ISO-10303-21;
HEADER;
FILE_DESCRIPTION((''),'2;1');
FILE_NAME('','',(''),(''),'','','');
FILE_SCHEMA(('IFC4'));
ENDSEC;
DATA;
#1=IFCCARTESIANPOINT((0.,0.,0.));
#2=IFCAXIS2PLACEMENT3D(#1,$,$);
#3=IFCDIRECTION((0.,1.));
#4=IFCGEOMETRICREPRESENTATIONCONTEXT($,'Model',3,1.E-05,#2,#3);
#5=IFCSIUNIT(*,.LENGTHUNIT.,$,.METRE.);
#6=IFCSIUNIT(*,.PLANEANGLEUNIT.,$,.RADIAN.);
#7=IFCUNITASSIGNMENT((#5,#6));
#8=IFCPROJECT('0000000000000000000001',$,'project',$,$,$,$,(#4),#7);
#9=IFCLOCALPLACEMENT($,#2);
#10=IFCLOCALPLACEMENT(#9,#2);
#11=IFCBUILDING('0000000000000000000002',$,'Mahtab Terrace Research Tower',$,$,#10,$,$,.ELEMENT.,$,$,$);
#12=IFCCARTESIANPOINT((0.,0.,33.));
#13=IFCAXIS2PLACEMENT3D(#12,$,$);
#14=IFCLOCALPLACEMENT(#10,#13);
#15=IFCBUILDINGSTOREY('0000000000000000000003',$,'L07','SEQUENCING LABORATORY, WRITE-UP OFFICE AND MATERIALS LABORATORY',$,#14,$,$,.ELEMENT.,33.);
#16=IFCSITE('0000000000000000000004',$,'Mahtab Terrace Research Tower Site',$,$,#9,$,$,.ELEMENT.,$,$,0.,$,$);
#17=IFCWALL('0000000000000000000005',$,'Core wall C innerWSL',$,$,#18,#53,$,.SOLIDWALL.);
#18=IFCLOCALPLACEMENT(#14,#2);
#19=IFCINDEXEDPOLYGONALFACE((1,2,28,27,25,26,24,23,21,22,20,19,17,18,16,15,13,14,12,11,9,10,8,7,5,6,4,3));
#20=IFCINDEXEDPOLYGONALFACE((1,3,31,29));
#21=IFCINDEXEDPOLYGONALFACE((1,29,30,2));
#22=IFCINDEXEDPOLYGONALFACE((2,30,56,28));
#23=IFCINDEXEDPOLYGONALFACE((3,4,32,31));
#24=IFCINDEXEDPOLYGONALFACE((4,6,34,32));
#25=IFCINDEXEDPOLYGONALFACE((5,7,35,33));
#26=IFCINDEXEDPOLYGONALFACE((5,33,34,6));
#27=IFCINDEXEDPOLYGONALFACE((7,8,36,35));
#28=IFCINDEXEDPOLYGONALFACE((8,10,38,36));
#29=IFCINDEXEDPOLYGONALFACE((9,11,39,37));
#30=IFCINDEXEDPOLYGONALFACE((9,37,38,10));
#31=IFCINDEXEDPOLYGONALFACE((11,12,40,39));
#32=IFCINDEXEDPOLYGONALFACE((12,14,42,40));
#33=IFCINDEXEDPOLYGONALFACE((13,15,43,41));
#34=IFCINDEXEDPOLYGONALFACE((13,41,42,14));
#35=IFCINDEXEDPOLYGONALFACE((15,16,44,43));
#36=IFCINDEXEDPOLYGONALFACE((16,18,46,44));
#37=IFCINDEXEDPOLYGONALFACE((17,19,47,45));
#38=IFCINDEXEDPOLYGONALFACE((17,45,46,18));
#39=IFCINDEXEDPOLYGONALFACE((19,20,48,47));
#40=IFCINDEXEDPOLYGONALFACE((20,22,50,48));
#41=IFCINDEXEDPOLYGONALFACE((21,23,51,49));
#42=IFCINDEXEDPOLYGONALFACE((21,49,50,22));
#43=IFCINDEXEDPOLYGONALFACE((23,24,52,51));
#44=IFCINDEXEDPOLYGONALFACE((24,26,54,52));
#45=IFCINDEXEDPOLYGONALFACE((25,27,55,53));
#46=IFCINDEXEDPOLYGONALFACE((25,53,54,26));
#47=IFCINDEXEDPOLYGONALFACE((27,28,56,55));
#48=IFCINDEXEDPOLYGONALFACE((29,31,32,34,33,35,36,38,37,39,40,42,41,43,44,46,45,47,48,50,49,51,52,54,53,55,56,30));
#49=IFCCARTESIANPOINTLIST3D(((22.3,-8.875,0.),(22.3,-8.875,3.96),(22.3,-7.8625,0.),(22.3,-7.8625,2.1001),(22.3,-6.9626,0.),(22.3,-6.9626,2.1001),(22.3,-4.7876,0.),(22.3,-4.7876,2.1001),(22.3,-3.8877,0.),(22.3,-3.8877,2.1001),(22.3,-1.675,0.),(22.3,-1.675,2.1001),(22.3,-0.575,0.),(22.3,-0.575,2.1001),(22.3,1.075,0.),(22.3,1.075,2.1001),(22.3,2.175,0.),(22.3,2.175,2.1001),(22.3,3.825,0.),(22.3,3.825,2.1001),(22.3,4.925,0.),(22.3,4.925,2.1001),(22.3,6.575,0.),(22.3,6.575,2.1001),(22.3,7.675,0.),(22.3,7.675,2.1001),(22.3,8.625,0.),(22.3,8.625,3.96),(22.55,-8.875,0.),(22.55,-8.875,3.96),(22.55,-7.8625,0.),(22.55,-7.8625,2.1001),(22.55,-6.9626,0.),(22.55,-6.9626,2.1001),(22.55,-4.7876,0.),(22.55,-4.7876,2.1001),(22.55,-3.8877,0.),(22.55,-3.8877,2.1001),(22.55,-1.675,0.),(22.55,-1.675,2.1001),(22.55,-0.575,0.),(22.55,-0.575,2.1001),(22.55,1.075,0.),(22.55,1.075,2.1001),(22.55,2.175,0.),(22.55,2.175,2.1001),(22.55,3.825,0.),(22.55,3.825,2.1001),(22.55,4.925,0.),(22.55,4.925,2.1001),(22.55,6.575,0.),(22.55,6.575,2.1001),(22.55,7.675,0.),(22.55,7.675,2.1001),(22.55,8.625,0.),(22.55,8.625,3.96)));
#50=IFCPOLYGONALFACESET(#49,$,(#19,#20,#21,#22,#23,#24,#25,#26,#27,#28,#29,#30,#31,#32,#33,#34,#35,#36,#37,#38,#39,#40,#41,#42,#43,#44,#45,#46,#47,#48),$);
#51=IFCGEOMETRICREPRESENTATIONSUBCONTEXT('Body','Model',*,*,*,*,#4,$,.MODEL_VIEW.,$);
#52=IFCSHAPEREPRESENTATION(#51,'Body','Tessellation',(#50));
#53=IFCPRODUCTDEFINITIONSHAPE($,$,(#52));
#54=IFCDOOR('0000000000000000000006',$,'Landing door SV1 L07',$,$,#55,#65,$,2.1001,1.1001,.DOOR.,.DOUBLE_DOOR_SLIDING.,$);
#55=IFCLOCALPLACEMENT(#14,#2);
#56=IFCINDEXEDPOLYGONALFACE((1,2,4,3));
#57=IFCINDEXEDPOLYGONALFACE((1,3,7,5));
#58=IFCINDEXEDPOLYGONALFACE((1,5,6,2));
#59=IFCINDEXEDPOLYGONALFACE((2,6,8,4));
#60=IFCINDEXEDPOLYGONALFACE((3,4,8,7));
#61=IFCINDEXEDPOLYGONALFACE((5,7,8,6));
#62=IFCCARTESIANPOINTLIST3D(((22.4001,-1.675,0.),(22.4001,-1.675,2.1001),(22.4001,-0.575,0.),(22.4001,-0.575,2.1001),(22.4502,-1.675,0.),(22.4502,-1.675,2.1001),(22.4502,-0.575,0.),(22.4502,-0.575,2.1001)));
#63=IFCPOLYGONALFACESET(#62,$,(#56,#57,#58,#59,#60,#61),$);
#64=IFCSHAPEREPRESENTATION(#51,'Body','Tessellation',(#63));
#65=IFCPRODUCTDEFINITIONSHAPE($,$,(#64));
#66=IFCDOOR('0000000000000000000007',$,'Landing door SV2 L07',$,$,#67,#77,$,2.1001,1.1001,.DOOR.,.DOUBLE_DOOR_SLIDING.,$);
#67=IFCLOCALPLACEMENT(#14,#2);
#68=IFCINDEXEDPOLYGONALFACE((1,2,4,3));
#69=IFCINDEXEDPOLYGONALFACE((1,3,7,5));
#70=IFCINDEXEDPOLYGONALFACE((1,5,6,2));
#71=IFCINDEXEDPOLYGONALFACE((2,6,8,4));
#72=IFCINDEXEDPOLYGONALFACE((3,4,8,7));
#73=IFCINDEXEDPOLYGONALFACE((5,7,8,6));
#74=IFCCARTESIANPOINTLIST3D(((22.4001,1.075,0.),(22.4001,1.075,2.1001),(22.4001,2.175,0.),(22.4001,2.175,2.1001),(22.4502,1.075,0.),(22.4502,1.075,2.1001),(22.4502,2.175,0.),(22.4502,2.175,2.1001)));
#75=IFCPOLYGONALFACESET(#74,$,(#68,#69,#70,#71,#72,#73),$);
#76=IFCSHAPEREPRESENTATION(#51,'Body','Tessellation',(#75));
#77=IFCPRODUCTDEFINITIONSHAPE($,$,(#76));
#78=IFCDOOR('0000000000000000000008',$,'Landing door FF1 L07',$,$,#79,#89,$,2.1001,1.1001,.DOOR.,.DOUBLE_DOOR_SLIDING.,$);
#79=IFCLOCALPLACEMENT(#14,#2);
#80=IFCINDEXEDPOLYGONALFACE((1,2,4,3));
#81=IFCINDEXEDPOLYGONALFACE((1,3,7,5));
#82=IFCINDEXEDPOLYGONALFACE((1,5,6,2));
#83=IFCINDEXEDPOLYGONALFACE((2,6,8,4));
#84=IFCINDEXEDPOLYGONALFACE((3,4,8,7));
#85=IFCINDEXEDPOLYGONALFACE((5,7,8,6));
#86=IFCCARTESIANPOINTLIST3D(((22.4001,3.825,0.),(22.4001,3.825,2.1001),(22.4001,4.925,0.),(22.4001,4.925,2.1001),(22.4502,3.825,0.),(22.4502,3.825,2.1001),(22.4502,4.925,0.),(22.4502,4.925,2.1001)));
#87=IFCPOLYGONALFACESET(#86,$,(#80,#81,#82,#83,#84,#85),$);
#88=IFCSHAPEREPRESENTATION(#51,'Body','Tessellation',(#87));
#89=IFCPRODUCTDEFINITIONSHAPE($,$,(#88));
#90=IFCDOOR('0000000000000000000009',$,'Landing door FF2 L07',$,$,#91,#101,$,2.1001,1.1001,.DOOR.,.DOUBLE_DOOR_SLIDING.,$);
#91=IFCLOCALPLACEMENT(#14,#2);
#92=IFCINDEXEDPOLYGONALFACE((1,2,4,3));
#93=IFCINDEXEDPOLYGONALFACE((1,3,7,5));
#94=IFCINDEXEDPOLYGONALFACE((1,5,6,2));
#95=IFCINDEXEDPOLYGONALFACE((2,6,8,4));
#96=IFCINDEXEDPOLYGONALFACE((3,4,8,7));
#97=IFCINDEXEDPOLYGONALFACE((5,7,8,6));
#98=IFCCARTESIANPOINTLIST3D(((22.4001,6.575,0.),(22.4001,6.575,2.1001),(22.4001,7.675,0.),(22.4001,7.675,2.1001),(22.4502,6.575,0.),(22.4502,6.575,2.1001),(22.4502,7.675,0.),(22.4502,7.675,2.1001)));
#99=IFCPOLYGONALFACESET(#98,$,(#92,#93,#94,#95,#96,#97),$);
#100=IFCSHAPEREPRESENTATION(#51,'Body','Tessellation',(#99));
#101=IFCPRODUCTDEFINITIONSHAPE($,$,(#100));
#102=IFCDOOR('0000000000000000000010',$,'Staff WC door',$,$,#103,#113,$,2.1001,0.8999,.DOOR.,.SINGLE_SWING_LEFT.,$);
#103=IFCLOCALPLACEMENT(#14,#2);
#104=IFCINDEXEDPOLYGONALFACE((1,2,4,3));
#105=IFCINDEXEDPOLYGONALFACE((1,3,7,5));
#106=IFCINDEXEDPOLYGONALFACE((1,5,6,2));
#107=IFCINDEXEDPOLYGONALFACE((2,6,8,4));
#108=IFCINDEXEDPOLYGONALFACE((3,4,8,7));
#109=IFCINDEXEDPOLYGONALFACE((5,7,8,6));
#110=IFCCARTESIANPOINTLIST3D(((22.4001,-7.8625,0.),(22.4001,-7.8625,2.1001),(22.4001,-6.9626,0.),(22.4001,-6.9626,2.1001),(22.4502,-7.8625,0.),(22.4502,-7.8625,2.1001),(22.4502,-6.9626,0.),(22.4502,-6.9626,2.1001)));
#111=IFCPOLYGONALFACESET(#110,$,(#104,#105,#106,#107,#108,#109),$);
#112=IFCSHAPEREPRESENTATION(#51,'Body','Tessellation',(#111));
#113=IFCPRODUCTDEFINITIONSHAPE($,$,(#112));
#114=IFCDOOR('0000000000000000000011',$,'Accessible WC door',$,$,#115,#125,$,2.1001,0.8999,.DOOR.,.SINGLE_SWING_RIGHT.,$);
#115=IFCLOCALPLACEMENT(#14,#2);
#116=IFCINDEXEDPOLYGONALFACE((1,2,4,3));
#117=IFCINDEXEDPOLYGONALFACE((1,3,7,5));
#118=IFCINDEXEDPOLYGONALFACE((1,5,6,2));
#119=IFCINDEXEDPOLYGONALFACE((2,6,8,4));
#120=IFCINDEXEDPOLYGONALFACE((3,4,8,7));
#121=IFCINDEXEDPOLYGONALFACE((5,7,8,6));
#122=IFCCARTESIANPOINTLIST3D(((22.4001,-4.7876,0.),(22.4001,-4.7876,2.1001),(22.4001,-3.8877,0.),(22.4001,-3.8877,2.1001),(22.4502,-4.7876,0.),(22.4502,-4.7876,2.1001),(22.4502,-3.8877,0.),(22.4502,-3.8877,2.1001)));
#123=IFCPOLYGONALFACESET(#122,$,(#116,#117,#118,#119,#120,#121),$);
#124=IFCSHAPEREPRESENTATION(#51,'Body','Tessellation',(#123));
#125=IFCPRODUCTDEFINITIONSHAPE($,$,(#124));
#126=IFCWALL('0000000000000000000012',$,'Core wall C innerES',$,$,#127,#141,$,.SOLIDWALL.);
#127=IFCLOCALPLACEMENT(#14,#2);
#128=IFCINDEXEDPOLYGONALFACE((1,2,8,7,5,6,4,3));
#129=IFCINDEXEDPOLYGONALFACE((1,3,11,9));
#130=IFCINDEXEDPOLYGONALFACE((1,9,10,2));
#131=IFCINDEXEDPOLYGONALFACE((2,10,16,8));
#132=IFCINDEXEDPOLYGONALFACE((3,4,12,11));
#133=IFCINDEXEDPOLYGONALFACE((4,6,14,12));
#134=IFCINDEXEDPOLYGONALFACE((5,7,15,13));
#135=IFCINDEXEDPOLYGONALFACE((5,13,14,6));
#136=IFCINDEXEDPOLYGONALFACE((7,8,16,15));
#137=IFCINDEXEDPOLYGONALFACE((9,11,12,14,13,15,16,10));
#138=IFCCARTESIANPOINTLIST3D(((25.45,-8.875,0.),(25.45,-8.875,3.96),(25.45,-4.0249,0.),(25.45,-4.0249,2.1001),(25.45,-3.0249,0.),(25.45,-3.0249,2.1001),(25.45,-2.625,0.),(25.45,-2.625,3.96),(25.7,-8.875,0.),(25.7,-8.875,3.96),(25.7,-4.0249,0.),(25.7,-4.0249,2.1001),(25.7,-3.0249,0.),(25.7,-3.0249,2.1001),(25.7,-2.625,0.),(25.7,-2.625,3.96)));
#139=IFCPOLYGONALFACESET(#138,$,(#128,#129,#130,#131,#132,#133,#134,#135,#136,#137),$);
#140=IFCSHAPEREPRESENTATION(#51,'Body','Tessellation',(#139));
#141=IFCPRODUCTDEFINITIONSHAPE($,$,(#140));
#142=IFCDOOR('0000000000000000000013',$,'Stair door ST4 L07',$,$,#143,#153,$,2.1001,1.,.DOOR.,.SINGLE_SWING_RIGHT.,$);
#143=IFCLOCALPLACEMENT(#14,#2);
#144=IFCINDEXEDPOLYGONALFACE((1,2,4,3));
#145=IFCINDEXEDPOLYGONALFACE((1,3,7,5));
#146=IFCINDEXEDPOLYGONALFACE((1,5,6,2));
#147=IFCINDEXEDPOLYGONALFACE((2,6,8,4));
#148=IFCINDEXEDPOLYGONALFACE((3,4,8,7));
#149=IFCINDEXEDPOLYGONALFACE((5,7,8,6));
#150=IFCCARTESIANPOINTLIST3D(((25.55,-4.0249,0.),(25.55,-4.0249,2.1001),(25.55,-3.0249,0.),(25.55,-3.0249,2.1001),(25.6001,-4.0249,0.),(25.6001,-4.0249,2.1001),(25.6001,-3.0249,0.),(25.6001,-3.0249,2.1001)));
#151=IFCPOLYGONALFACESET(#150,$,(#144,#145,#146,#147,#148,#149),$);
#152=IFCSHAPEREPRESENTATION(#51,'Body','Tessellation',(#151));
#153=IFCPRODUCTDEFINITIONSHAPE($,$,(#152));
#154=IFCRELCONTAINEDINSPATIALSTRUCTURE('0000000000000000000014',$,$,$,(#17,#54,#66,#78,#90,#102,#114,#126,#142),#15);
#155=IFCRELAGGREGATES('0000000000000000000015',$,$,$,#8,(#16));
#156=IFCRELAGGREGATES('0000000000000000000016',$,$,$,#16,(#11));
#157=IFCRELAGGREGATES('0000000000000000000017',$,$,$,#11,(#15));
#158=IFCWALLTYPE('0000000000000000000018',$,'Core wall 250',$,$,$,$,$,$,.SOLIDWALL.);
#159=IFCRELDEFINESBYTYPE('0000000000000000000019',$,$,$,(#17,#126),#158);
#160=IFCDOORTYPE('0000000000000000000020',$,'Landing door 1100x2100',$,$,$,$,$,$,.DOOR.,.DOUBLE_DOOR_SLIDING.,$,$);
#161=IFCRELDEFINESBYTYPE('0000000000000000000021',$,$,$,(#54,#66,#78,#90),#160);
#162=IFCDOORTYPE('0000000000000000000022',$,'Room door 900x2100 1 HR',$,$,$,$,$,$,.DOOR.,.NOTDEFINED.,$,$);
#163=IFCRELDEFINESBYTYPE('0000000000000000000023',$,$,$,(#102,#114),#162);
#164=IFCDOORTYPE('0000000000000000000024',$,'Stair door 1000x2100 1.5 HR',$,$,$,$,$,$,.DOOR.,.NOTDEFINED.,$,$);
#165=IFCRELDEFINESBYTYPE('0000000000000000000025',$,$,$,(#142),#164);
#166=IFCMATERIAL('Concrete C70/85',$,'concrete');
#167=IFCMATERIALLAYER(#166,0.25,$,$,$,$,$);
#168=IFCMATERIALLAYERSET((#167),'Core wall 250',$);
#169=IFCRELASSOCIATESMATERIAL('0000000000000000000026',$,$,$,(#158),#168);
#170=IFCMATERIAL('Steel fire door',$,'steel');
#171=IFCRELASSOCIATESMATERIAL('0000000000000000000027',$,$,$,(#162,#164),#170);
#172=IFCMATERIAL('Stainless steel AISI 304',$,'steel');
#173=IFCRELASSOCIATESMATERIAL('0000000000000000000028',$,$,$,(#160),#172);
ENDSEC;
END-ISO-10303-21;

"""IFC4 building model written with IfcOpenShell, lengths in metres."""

from ifc_helpers import new_model, si_unit, direction, frame, frame_2d, origin, place, context, subcontext, project, spatial, rectangle, extrude, material, layer, layer_set, type_object, element, fill, save


model = new_model("IFC4")

# Units and contexts
model_context = context("Model", 3, precision=1e-05, world=origin(), true_north=direction((0.0, 1.0)))
body_context = subcontext(model_context, "Body", "Model", "MODEL_VIEW")
ifc_project = project(units=[si_unit("LENGTHUNIT", "METRE"), si_unit("PLANEANGLEUNIT", "RADIAN")], contexts=[model_context])

# Site, building, storey
site_placement = place(None, origin())
site = spatial("IfcSite", under=ifc_project, at=site_placement, Name="Mahtab Terrace Research Tower Site", CompositionType="ELEMENT", RefElevation=0.0)
building_placement = place(site_placement, origin())
building = spatial("IfcBuilding", under=site, at=building_placement, Name="Mahtab Terrace Research Tower", CompositionType="ELEMENT")
storey_placement = place(building_placement, frame((0.0, 0.0, 33.0)))
storey = spatial("IfcBuildingStorey", under=building, at=storey_placement, Name="L07", Description="SEQUENCING LABORATORY, WRITE-UP OFFICE AND MATERIALS LABORATORY", CompositionType="ELEMENT", Elevation=33.0)

# Shared definitions
ifc_material_1 = material(Name="Concrete C70/85", Category="concrete")
ifc_layer_1 = layer(ifc_material_1, 0.25)
ifc_layer_set_1 = layer_set([ifc_layer_1], Name="Core wall 250")
wall_type_1 = type_object("IfcWallType", Name="Core wall 250", PredefinedType="SOLIDWALL", material=ifc_layer_set_1)
ifc_material_2 = material(Name="Steel fire door", Category="steel")
door_type_1 = type_object("IfcDoorType", Name="Room door 900x2100 1 HR", OperationType="NOTDEFINED", PredefinedType="DOOR", material=ifc_material_2)

# Wall, openings, doors
wall_1_placement = place(storey_placement, frame((22.425, -8.875, 0.0), z_axis=(0.0, 0.0, 1.0), x_axis=(0.0, 1.0, 0.0)))
wall_1 = element("IfcWall", 1, at=wall_1_placement, inside=storey, type_object=wall_type_1, Name="Core wall C innerWSL", PredefinedType="SOLIDWALL", context=body_context, shape_type="SweptSolid", body=[
    extrude(rectangle(XDim=17.5, YDim=0.25, at=frame_2d((8.75, 0.0))), origin(), (0.0, 0.0, 1.0), 3.96),
])
opening_1_placement = place(wall_1_placement, frame((7.2, 0.0, 0.0)))
opening_1 = element("IfcOpeningElement", 2, at=opening_1_placement, cuts=wall_1, PredefinedType="OPENING", context=body_context, shape_type="SweptSolid", body=[
    extrude(rectangle(XDim=1.1001, YDim=2.1001, at=frame_2d((0.55, 1.05))), frame((0.0, 0.135, 0.0), z_axis=(0.0, -1.0, 0.0), x_axis=(1.0, 0.0, 0.0)), (0.0, 0.0, 1.0), 0.27),
])
opening_2_placement = place(wall_1_placement, frame((9.95, 0.0, 0.0)))
opening_2 = element("IfcOpeningElement", 3, at=opening_2_placement, cuts=wall_1, PredefinedType="OPENING", context=body_context, shape_type="SweptSolid", body=[
    extrude(rectangle(XDim=1.1001, YDim=2.1001, at=frame_2d((0.55, 1.05))), frame((0.0, 0.135, 0.0), z_axis=(0.0, -1.0, 0.0), x_axis=(1.0, 0.0, 0.0)), (0.0, 0.0, 1.0), 0.27),
])
opening_3_placement = place(wall_1_placement, frame((12.7, 0.0, 0.0)))
opening_3 = element("IfcOpeningElement", 4, at=opening_3_placement, cuts=wall_1, PredefinedType="OPENING", context=body_context, shape_type="SweptSolid", body=[
    extrude(rectangle(XDim=1.1001, YDim=2.1001, at=frame_2d((0.55, 1.05))), frame((0.0, 0.135, 0.0), z_axis=(0.0, -1.0, 0.0), x_axis=(1.0, 0.0, 0.0)), (0.0, 0.0, 1.0), 0.27),
])
opening_4_placement = place(wall_1_placement, frame((15.45, 0.0, 0.0)))
opening_4 = element("IfcOpeningElement", 5, at=opening_4_placement, cuts=wall_1, PredefinedType="OPENING", context=body_context, shape_type="SweptSolid", body=[
    extrude(rectangle(XDim=1.1001, YDim=2.1001, at=frame_2d((0.55, 1.05))), frame((0.0, 0.135, 0.0), z_axis=(0.0, -1.0, 0.0), x_axis=(1.0, 0.0, 0.0)), (0.0, 0.0, 1.0), 0.27),
])
opening_5_placement = place(wall_1_placement, frame((1.0125, 0.0, 0.0)))
opening_5 = element("IfcOpeningElement", 6, at=opening_5_placement, cuts=wall_1, PredefinedType="OPENING", context=body_context, shape_type="SweptSolid", body=[
    extrude(rectangle(XDim=0.8999, YDim=2.1001, at=frame_2d((0.45, 1.05))), frame((0.0, 0.135, 0.0), z_axis=(0.0, -1.0, 0.0), x_axis=(1.0, 0.0, 0.0)), (0.0, 0.0, 1.0), 0.27),
])
opening_6_placement = place(wall_1_placement, frame((4.0874, 0.0, 0.0)))
opening_6 = element("IfcOpeningElement", 7, at=opening_6_placement, cuts=wall_1, PredefinedType="OPENING", context=body_context, shape_type="SweptSolid", body=[
    extrude(rectangle(XDim=0.8999, YDim=2.1001, at=frame_2d((0.45, 1.05))), frame((0.0, 0.135, 0.0), z_axis=(0.0, -1.0, 0.0), x_axis=(1.0, 0.0, 0.0)), (0.0, 0.0, 1.0), 0.27),
])
ifc_material_3 = material(Name="Stainless steel AISI 304", Category="steel")
door_type_2 = type_object("IfcDoorType", Name="Landing door 1100x2100", OperationType="DOUBLE_DOOR_SLIDING", PredefinedType="DOOR", material=ifc_material_3)
door_1_placement = place(opening_1_placement, origin())
door_1 = element("IfcDoor", 8, at=door_1_placement, inside=storey, type_object=door_type_2, Name="Landing door SV1 L07", OperationType="DOUBLE_DOOR_SLIDING", OverallHeight=2.1001, OverallWidth=1.1001, PredefinedType="DOOR", context=body_context, shape_type="SweptSolid", body=[
    extrude(rectangle(XDim=1.1001, YDim=2.1001, at=frame_2d((0.55, 1.05))), frame((0.0, 0.0249, 0.0), z_axis=(0.0, -1.0, 0.0), x_axis=(1.0, 0.0, 0.0)), (0.0, 0.0, 1.0), 0.05),
])
fill(opening_1, door_1)
door_2_placement = place(opening_2_placement, origin())
door_2 = element("IfcDoor", 9, at=door_2_placement, inside=storey, type_object=door_type_2, Name="Landing door SV2 L07", OperationType="DOUBLE_DOOR_SLIDING", OverallHeight=2.1001, OverallWidth=1.1001, PredefinedType="DOOR", context=body_context, shape_type="SweptSolid", body=[
    extrude(rectangle(XDim=1.1001, YDim=2.1001, at=frame_2d((0.55, 1.05))), frame((0.0, 0.0249, 0.0), z_axis=(0.0, -1.0, 0.0), x_axis=(1.0, 0.0, 0.0)), (0.0, 0.0, 1.0), 0.05),
])
fill(opening_2, door_2)
door_3_placement = place(opening_3_placement, origin())
door_3 = element("IfcDoor", 10, at=door_3_placement, inside=storey, type_object=door_type_2, Name="Landing door FF1 L07", OperationType="DOUBLE_DOOR_SLIDING", OverallHeight=2.1001, OverallWidth=1.1001, PredefinedType="DOOR", context=body_context, shape_type="SweptSolid", body=[
    extrude(rectangle(XDim=1.1001, YDim=2.1001, at=frame_2d((0.55, 1.05))), frame((0.0, 0.0249, 0.0), z_axis=(0.0, -1.0, 0.0), x_axis=(1.0, 0.0, 0.0)), (0.0, 0.0, 1.0), 0.05),
])
fill(opening_3, door_3)
door_4_placement = place(opening_4_placement, origin())
door_4 = element("IfcDoor", 11, at=door_4_placement, inside=storey, type_object=door_type_2, Name="Landing door FF2 L07", OperationType="DOUBLE_DOOR_SLIDING", OverallHeight=2.1001, OverallWidth=1.1001, PredefinedType="DOOR", context=body_context, shape_type="SweptSolid", body=[
    extrude(rectangle(XDim=1.1001, YDim=2.1001, at=frame_2d((0.55, 1.05))), frame((0.0, 0.0249, 0.0), z_axis=(0.0, -1.0, 0.0), x_axis=(1.0, 0.0, 0.0)), (0.0, 0.0, 1.0), 0.05),
])
fill(opening_4, door_4)
door_5_placement = place(opening_5_placement, origin())
door_5 = element("IfcDoor", 12, at=door_5_placement, inside=storey, type_object=door_type_1, Name="Staff WC door", OperationType="SINGLE_SWING_LEFT", OverallHeight=2.1001, OverallWidth=0.8999, PredefinedType="DOOR", context=body_context, shape_type="SweptSolid", body=[
    extrude(rectangle(XDim=0.8999, YDim=2.1001, at=frame_2d((0.45, 1.05))), frame((0.0, 0.0249, 0.0), z_axis=(0.0, -1.0, 0.0), x_axis=(1.0, 0.0, 0.0)), (0.0, 0.0, 1.0), 0.05),
])
fill(opening_5, door_5)
door_6_placement = place(opening_6_placement, origin())
door_6 = element("IfcDoor", 13, at=door_6_placement, inside=storey, type_object=door_type_1, Name="Accessible WC door", OperationType="SINGLE_SWING_RIGHT", OverallHeight=2.1001, OverallWidth=0.8999, PredefinedType="DOOR", context=body_context, shape_type="SweptSolid", body=[
    extrude(rectangle(XDim=0.8999, YDim=2.1001, at=frame_2d((0.45, 1.05))), frame((0.0, 0.0249, 0.0), z_axis=(0.0, -1.0, 0.0), x_axis=(1.0, 0.0, 0.0)), (0.0, 0.0, 1.0), 0.05),
])
fill(opening_6, door_6)

# Wall, opening, door
wall_2_placement = place(storey_placement, frame((25.575, -8.875, 0.0), z_axis=(0.0, 0.0, 1.0), x_axis=(0.0, 1.0, 0.0)))
wall_2 = element("IfcWall", 14, at=wall_2_placement, inside=storey, type_object=wall_type_1, Name="Core wall C innerES", PredefinedType="SOLIDWALL", context=body_context, shape_type="SweptSolid", body=[
    extrude(rectangle(XDim=6.25, YDim=0.25, at=frame_2d((3.125, 0.0))), origin(), (0.0, 0.0, 1.0), 3.96),
])
opening_7_placement = place(wall_2_placement, frame((4.8501, 0.0, 0.0)))
opening_7 = element("IfcOpeningElement", 15, at=opening_7_placement, cuts=wall_2, PredefinedType="OPENING", context=body_context, shape_type="SweptSolid", body=[
    extrude(rectangle(XDim=1.0, YDim=2.1001, at=frame_2d((0.5, 1.05))), frame((0.0, 0.135, 0.0), z_axis=(0.0, -1.0, 0.0), x_axis=(1.0, 0.0, 0.0)), (0.0, 0.0, 1.0), 0.27),
])
door_type_3 = type_object("IfcDoorType", Name="Stair door 1000x2100 1.5 HR", OperationType="NOTDEFINED", PredefinedType="DOOR", material=ifc_material_2)
door_7_placement = place(opening_7_placement, origin())
door_7 = element("IfcDoor", 16, at=door_7_placement, inside=storey, type_object=door_type_3, Name="Stair door ST4 L07", OperationType="SINGLE_SWING_RIGHT", OverallHeight=2.1001, OverallWidth=1.0, PredefinedType="DOOR", context=body_context, shape_type="SweptSolid", body=[
    extrude(rectangle(XDim=1.0, YDim=2.1001, at=frame_2d((0.5, 1.05))), frame((0.0, 0.0249, 0.0), z_axis=(0.0, -1.0, 0.0), x_axis=(1.0, 0.0, 0.0)), (0.0, 0.0, 1.0), 0.05),
])
fill(opening_7, door_7)

save(model, "model.ifc")
